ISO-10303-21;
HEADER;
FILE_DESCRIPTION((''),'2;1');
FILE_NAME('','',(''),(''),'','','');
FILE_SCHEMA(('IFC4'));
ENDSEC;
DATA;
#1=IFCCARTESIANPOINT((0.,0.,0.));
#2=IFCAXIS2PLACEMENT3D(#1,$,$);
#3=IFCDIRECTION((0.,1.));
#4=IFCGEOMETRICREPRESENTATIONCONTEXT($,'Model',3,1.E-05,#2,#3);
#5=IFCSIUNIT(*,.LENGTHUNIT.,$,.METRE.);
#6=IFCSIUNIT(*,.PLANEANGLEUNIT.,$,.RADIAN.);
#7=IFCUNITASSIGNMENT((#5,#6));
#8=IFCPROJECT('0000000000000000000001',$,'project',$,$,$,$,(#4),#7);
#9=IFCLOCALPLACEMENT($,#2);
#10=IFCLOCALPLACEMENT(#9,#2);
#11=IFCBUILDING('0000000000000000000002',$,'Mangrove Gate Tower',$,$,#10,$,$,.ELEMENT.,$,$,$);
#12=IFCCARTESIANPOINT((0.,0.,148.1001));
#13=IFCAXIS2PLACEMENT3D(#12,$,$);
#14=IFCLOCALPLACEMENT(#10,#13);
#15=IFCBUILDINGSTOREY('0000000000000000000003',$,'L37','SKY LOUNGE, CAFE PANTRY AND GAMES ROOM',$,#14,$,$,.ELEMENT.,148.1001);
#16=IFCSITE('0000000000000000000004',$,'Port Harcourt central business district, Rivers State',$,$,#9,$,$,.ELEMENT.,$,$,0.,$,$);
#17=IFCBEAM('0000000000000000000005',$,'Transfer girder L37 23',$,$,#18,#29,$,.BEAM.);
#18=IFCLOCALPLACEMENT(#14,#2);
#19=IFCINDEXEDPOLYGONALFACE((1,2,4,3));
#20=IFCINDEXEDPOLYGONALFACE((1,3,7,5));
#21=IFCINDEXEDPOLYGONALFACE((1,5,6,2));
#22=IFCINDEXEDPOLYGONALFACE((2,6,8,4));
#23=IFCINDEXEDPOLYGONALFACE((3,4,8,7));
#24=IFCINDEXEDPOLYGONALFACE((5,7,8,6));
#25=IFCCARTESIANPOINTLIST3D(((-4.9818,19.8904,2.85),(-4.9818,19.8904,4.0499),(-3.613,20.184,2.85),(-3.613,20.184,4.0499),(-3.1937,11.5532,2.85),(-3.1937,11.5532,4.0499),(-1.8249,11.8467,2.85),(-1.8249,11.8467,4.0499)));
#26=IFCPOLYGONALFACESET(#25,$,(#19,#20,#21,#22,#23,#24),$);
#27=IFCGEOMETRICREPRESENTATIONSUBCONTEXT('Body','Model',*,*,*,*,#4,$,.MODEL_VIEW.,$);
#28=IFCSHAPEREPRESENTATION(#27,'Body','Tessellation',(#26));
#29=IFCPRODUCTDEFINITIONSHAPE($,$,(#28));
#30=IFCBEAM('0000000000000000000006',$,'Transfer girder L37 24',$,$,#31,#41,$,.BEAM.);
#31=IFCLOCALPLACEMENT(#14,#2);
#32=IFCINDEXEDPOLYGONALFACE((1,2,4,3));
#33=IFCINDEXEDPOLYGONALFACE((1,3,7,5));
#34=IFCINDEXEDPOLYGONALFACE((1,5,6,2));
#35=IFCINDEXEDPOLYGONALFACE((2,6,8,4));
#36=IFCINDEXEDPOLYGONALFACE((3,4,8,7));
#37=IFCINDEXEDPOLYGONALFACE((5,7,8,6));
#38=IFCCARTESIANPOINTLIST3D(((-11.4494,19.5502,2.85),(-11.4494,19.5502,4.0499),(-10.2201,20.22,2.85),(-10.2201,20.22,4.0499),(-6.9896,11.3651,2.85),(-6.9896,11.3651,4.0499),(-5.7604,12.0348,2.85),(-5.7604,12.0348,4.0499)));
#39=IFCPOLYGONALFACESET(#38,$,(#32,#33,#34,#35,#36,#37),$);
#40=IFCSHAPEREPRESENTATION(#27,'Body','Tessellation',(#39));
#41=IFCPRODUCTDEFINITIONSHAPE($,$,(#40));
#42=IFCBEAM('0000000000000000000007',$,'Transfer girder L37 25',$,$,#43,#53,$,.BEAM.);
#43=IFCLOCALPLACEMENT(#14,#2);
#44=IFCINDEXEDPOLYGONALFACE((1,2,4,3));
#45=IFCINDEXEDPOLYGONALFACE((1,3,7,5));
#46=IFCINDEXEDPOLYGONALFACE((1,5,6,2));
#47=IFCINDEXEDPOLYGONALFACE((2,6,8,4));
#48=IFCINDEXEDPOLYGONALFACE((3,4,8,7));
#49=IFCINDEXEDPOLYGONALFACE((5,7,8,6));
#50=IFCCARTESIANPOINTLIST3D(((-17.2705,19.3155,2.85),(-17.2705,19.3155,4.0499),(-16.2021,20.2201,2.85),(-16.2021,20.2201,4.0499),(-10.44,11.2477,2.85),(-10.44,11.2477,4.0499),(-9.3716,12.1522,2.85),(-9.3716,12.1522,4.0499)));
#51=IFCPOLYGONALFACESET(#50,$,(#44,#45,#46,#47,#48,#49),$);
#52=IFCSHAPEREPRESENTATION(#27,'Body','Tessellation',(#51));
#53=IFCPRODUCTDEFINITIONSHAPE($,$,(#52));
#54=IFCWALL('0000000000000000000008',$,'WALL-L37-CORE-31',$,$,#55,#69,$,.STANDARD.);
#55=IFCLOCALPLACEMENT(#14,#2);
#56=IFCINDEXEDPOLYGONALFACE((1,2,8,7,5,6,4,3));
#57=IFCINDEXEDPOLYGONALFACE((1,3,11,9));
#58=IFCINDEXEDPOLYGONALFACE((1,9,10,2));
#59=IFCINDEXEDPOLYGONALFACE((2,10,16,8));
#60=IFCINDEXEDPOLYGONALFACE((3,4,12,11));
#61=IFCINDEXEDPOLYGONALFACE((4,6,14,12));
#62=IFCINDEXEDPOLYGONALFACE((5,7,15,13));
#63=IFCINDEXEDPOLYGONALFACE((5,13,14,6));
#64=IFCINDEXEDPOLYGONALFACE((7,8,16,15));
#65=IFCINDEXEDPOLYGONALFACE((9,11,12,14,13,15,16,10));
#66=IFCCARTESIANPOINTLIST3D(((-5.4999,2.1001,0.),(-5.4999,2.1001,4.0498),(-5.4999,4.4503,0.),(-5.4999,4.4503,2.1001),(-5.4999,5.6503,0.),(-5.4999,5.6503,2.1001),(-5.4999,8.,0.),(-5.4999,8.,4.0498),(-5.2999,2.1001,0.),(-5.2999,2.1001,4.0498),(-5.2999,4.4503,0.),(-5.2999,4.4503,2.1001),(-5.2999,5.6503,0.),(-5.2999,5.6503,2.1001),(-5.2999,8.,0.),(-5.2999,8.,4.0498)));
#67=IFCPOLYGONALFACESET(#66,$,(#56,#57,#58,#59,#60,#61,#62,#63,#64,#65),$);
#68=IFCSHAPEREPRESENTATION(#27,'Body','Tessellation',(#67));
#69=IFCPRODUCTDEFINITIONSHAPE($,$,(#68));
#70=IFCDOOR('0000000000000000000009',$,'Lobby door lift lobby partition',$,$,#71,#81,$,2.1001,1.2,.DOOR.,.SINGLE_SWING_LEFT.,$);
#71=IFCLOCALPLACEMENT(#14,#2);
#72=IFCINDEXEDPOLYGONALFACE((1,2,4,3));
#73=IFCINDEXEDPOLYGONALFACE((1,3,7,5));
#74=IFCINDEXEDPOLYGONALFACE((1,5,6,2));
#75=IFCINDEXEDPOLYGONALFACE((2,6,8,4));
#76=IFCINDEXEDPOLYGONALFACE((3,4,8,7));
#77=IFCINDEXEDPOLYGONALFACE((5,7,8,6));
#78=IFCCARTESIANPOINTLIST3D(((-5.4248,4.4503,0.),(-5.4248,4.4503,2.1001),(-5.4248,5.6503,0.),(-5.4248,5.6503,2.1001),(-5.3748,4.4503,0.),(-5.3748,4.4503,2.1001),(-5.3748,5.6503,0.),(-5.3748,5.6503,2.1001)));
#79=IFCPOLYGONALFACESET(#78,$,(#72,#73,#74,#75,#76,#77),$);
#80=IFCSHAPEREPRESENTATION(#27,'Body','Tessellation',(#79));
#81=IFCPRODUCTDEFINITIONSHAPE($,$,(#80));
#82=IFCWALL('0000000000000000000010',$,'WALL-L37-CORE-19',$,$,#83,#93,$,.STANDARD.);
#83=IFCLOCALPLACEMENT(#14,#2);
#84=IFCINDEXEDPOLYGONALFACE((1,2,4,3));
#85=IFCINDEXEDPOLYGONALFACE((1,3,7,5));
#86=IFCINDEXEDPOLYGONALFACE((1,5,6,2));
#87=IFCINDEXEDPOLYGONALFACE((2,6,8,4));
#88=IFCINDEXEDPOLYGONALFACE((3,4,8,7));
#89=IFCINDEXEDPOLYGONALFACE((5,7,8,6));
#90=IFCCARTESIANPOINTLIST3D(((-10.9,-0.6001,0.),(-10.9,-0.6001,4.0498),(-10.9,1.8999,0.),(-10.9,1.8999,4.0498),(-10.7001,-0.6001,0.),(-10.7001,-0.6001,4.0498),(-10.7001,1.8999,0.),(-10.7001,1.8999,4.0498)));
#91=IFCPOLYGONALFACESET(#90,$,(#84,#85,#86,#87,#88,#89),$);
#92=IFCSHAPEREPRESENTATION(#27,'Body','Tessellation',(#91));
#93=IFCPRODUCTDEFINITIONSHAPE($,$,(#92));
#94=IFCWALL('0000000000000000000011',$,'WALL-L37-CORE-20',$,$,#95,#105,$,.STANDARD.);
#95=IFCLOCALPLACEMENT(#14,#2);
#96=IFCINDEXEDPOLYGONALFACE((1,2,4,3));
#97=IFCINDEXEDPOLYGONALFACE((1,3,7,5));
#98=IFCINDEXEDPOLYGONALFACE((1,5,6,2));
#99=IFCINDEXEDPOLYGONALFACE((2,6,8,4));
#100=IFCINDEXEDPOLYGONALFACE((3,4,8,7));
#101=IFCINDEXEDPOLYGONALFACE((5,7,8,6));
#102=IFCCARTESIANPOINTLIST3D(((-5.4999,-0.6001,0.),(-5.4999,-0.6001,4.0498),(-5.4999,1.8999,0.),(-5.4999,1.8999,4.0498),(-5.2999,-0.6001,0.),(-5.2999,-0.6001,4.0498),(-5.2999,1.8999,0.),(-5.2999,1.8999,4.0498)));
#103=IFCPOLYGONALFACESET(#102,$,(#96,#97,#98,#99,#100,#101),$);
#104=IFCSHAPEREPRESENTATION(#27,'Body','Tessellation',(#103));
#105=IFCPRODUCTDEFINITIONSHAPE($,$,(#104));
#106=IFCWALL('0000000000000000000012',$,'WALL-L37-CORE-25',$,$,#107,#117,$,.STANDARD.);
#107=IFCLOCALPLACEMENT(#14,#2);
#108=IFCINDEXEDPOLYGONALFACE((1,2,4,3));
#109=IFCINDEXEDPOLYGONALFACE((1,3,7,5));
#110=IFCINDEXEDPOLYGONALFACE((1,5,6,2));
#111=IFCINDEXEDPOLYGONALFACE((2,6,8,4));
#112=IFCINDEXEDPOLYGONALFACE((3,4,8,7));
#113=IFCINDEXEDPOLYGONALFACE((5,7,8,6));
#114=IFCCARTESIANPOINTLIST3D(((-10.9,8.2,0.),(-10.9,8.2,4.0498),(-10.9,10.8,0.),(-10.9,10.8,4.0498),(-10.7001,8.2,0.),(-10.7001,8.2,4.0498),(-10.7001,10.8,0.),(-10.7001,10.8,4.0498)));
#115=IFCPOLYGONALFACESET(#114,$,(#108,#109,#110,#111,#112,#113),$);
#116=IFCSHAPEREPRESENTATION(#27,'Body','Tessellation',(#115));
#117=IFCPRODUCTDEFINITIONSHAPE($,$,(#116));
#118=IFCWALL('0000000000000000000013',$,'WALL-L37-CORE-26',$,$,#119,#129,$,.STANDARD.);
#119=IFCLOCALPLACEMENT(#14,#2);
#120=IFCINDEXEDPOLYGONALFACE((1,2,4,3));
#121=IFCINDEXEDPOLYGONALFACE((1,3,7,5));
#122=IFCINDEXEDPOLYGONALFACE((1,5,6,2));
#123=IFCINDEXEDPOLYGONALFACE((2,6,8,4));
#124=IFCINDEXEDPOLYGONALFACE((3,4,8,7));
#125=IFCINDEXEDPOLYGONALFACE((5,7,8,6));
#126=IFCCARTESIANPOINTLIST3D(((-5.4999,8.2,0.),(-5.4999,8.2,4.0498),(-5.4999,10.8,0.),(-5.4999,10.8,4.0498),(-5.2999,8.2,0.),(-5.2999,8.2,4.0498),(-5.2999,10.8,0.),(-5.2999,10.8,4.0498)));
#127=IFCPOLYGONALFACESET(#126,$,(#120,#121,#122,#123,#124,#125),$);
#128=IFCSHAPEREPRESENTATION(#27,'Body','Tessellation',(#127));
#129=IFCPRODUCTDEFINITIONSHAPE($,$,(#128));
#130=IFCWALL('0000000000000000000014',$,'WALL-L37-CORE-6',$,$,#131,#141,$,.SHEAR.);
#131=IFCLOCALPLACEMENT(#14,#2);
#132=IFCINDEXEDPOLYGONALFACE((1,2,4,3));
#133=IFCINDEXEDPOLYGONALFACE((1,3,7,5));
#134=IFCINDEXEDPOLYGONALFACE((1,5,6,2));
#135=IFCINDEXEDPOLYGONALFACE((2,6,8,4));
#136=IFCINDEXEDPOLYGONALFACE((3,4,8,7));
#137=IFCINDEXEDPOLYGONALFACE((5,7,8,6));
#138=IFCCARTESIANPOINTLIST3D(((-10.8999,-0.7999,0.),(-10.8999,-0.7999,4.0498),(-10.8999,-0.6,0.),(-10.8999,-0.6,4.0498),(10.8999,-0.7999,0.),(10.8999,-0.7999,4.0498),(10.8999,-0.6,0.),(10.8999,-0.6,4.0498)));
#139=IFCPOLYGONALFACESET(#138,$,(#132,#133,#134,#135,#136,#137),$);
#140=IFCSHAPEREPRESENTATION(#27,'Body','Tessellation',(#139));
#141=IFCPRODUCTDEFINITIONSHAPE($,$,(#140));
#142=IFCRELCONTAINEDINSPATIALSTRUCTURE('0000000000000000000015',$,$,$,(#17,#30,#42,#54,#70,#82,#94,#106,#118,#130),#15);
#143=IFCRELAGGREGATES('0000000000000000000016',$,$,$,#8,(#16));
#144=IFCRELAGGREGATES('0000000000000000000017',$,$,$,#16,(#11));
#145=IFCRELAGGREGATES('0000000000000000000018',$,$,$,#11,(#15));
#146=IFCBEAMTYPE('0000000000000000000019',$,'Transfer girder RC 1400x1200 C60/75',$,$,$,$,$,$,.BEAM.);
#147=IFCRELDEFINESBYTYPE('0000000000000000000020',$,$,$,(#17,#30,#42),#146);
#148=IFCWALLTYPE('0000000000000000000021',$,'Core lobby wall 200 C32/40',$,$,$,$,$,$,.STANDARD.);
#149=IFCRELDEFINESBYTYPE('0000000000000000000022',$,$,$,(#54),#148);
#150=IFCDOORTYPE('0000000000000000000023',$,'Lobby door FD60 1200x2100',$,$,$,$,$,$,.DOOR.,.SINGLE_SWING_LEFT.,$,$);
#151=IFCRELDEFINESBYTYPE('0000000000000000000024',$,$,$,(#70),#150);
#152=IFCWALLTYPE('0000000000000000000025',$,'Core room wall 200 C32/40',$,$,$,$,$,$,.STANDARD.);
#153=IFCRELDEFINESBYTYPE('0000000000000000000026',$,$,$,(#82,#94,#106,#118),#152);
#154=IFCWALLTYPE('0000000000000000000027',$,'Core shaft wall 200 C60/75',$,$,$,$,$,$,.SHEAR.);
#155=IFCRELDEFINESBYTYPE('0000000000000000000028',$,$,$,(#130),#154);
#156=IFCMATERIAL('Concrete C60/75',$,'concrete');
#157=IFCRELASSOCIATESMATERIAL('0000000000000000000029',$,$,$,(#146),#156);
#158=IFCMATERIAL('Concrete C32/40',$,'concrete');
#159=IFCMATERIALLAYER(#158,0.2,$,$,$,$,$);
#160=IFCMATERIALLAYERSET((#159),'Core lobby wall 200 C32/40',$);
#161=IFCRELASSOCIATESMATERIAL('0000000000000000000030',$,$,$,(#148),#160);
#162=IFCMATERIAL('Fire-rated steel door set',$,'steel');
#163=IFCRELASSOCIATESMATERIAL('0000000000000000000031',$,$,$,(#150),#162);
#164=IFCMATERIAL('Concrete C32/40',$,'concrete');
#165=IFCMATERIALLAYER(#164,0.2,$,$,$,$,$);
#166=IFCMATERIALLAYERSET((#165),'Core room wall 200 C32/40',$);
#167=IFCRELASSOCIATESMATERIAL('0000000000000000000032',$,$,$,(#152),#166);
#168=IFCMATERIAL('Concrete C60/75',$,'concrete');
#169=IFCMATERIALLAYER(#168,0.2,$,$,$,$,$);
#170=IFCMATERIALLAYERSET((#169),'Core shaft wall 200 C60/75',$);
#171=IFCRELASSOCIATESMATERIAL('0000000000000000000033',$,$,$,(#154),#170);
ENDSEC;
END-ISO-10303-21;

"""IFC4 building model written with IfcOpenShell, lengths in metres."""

from ifc_helpers import new_model, si_unit, direction, frame, frame_2d, origin, origin_2d, place, context, subcontext, project, spatial, rectangle, extrude, material, layer, layer_set, material_profile, profile_set, type_object, element, fill, save


model = new_model("IFC4")

# Units and contexts
model_context = context("Model", 3, precision=1e-05, world=origin(), true_north=direction((0.0, 1.0)))
body_context = subcontext(model_context, "Body", "Model", "MODEL_VIEW")
ifc_project = project(units=[si_unit("LENGTHUNIT", "METRE"), si_unit("PLANEANGLEUNIT", "RADIAN")], contexts=[model_context])

# Site, building, storey
site_placement = place(None, origin())
site = spatial("IfcSite", under=ifc_project, at=site_placement, Name="Port Harcourt central business district, Rivers State", CompositionType="ELEMENT", RefElevation=0.0)
building_placement = place(site_placement, origin())
building = spatial("IfcBuilding", under=site, at=building_placement, Name="Mangrove Gate Tower", CompositionType="ELEMENT")
storey_placement = place(building_placement, frame((0.0, 0.0, 148.1001)))
storey = spatial("IfcBuildingStorey", under=building, at=storey_placement, Name="L37", Description="SKY LOUNGE, CAFE PANTRY AND GAMES ROOM", CompositionType="ELEMENT", Elevation=148.1001)

# Beams
ifc_material_1 = material(Name="Concrete C60/75", Category="concrete")
ifc_material_profile = material_profile(ifc_material_1, rectangle(XDim=1.3999, YDim=1.2, at=origin_2d()))
ifc_profile_set = profile_set([ifc_material_profile], Name="Concrete C60/75")
beam_type = type_object("IfcBeamType", Name="Transfer girder RC 1400x1200 C60/75", PredefinedType="BEAM", material=ifc_profile_set)
beam_1_placement = place(storey_placement, frame((-2.5093, 11.7, 3.45), z_axis=(-0.209703, 0.977765, 0.0), x_axis=(-0.977765, -0.209703, 0.0)))
element("IfcBeam", 1, at=beam_1_placement, inside=storey, type_object=beam_type, Name="Transfer girder L37 23", PredefinedType="BEAM", context=body_context, shape_type="SweptSolid", body=[
    extrude(rectangle(XDim=1.3999, YDim=1.2, at=origin_2d()), origin(), (0.0, 0.0, 1.0), 8.5269),
])
beam_2_placement = place(storey_placement, frame((-6.375, 11.7, 3.45), z_axis=(-0.47845, 0.878115, 0.0), x_axis=(-0.878115, -0.47845, 0.0)))
element("IfcBeam", 2, at=beam_2_placement, inside=storey, type_object=beam_type, Name="Transfer girder L37 24", PredefinedType="BEAM", context=body_context, shape_type="SweptSolid", body=[
    extrude(rectangle(XDim=1.3999, YDim=1.2, at=origin_2d()), origin(), (0.0, 0.0, 1.0), 9.3213),
])
beam_3_placement = place(storey_placement, frame((-9.9058, 11.7, 3.45), z_axis=(-0.646158, 0.763204, 0.0), x_axis=(-0.763204, -0.646158, 0.0)))
element("IfcBeam", 3, at=beam_3_placement, inside=storey, type_object=beam_type, Name="Transfer girder L37 25", PredefinedType="BEAM", context=body_context, shape_type="SweptSolid", body=[
    extrude(rectangle(XDim=1.3999, YDim=1.2, at=origin_2d()), origin(), (0.0, 0.0, 1.0), 10.571),
])

# Wall, opening, door
ifc_material_2 = material(Name="Concrete C32/40", Category="concrete")
ifc_layer_1 = layer(ifc_material_2, 0.2)
ifc_layer_set_1 = layer_set([ifc_layer_1], Name="Core lobby wall 200 C32/40")
wall_type_1 = type_object("IfcWallType", Name="Core lobby wall 200 C32/40", PredefinedType="STANDARD", material=ifc_layer_set_1)
wall_1_placement = place(storey_placement, frame((-5.3999, 2.1001, 0.0), z_axis=(0.0, 0.0, 1.0), x_axis=(0.0, 1.0, 0.0)))
wall_1 = element("IfcWall", 4, at=wall_1_placement, inside=storey, type_object=wall_type_1, Name="WALL-L37-CORE-31", PredefinedType="STANDARD", context=body_context, shape_type="SweptSolid", body=[
    extrude(rectangle(XDim=5.8999, YDim=0.2, at=frame_2d((2.95, 0.0))), origin(), (0.0, 0.0, 1.0), 4.0498),
])
opening_1_placement = place(wall_1_placement, frame((2.3501, 0.0, 0.0)))
opening_1 = element("IfcOpeningElement", 5, at=opening_1_placement, cuts=wall_1, PredefinedType="OPENING", context=body_context, shape_type="SweptSolid", body=[
    extrude(rectangle(XDim=1.2, YDim=2.1001, at=frame_2d((0.6001, 1.05))), frame((0.0, 0.1099, 0.0), z_axis=(0.0, -1.0, 0.0), x_axis=(1.0, 0.0, 0.0)), (0.0, 0.0, 1.0), 0.22),
])
ifc_material_3 = material(Name="Fire-rated steel door set", Category="steel")
door_type_1 = type_object("IfcDoorType", Name="Lobby door FD60 1200x2100", OperationType="SINGLE_SWING_LEFT", PredefinedType="DOOR", material=ifc_material_3)
door_1_placement = place(opening_1_placement, origin())
door_1 = element("IfcDoor", 6, at=door_1_placement, inside=storey, type_object=door_type_1, Name="Lobby door lift lobby partition", OperationType="SINGLE_SWING_LEFT", OverallHeight=2.1001, OverallWidth=1.2, PredefinedType="DOOR", context=body_context, shape_type="SweptSolid", body=[
    extrude(rectangle(XDim=1.2, YDim=2.1001, at=frame_2d((0.6001, 1.05))), frame((0.0, 0.0249, 0.0), z_axis=(0.0, -1.0, 0.0), x_axis=(1.0, 0.0, 0.0)), (0.0, 0.0, 1.0), 0.05),
])
fill(opening_1, door_1)

# Walls
ifc_material_4 = material(Name="Concrete C32/40", Category="concrete")
ifc_layer_2 = layer(ifc_material_4, 0.2)
ifc_layer_set_2 = layer_set([ifc_layer_2], Name="Core room wall 200 C32/40")
wall_type_2 = type_object("IfcWallType", Name="Core room wall 200 C32/40", PredefinedType="STANDARD", material=ifc_layer_set_2)
for number, where, z_axis, x_axis, name in (
    (7, (-10.8, -0.6001, 0.0), (0.0, 0.0, 1.0), (0.0, 1.0, 0.0), "WALL-L37-CORE-19"),
    (8, (-5.3999, -0.6001, 0.0), (0.0, 0.0, 1.0), (0.0, 1.0, 0.0), "WALL-L37-CORE-20"),
):
    element("IfcWall", number, at=place(storey_placement, frame(where, z_axis=z_axis, x_axis=x_axis)), inside=storey, type_object=wall_type_2, Name=name, PredefinedType="STANDARD", context=body_context, shape_type="SweptSolid", body=[
        extrude(rectangle(XDim=2.5, YDim=0.2, at=frame_2d((1.25, 0.0))), origin(), (0.0, 0.0, 1.0), 4.0498),
    ])
for number, where, z_axis, x_axis, name in (
    (9, (-10.8, 8.2, 0.0), (0.0, 0.0, 1.0), (0.0, 1.0, 0.0), "WALL-L37-CORE-25"),
    (10, (-5.3999, 8.2, 0.0), (0.0, 0.0, 1.0), (0.0, 1.0, 0.0), "WALL-L37-CORE-26"),
):
    element("IfcWall", number, at=place(storey_placement, frame(where, z_axis=z_axis, x_axis=x_axis)), inside=storey, type_object=wall_type_2, Name=name, PredefinedType="STANDARD", context=body_context, shape_type="SweptSolid", body=[
        extrude(rectangle(XDim=2.6001, YDim=0.2, at=frame_2d((1.3, 0.0))), origin(), (0.0, 0.0, 1.0), 4.0498),
    ])
ifc_material_5 = material(Name="Concrete C60/75", Category="concrete")
ifc_layer_3 = layer(ifc_material_5, 0.2)
ifc_layer_set_3 = layer_set([ifc_layer_3], Name="Core shaft wall 200 C60/75")
wall_type_3 = type_object("IfcWallType", Name="Core shaft wall 200 C60/75", PredefinedType="SHEAR", material=ifc_layer_set_3)
wall_2_placement = place(storey_placement, frame((-10.8999, -0.7, 0.0), z_axis=(0.0, 0.0, 1.0), x_axis=(1.0, 0.0, 0.0)))
element("IfcWall", 11, at=wall_2_placement, inside=storey, type_object=wall_type_3, Name="WALL-L37-CORE-6", PredefinedType="SHEAR", context=body_context, shape_type="SweptSolid", body=[
    extrude(rectangle(XDim=21.7998, YDim=0.2, at=frame_2d((10.8999, 0.0))), origin(), (0.0, 0.0, 1.0), 4.0498),
])

save(model, "model.ifc")
